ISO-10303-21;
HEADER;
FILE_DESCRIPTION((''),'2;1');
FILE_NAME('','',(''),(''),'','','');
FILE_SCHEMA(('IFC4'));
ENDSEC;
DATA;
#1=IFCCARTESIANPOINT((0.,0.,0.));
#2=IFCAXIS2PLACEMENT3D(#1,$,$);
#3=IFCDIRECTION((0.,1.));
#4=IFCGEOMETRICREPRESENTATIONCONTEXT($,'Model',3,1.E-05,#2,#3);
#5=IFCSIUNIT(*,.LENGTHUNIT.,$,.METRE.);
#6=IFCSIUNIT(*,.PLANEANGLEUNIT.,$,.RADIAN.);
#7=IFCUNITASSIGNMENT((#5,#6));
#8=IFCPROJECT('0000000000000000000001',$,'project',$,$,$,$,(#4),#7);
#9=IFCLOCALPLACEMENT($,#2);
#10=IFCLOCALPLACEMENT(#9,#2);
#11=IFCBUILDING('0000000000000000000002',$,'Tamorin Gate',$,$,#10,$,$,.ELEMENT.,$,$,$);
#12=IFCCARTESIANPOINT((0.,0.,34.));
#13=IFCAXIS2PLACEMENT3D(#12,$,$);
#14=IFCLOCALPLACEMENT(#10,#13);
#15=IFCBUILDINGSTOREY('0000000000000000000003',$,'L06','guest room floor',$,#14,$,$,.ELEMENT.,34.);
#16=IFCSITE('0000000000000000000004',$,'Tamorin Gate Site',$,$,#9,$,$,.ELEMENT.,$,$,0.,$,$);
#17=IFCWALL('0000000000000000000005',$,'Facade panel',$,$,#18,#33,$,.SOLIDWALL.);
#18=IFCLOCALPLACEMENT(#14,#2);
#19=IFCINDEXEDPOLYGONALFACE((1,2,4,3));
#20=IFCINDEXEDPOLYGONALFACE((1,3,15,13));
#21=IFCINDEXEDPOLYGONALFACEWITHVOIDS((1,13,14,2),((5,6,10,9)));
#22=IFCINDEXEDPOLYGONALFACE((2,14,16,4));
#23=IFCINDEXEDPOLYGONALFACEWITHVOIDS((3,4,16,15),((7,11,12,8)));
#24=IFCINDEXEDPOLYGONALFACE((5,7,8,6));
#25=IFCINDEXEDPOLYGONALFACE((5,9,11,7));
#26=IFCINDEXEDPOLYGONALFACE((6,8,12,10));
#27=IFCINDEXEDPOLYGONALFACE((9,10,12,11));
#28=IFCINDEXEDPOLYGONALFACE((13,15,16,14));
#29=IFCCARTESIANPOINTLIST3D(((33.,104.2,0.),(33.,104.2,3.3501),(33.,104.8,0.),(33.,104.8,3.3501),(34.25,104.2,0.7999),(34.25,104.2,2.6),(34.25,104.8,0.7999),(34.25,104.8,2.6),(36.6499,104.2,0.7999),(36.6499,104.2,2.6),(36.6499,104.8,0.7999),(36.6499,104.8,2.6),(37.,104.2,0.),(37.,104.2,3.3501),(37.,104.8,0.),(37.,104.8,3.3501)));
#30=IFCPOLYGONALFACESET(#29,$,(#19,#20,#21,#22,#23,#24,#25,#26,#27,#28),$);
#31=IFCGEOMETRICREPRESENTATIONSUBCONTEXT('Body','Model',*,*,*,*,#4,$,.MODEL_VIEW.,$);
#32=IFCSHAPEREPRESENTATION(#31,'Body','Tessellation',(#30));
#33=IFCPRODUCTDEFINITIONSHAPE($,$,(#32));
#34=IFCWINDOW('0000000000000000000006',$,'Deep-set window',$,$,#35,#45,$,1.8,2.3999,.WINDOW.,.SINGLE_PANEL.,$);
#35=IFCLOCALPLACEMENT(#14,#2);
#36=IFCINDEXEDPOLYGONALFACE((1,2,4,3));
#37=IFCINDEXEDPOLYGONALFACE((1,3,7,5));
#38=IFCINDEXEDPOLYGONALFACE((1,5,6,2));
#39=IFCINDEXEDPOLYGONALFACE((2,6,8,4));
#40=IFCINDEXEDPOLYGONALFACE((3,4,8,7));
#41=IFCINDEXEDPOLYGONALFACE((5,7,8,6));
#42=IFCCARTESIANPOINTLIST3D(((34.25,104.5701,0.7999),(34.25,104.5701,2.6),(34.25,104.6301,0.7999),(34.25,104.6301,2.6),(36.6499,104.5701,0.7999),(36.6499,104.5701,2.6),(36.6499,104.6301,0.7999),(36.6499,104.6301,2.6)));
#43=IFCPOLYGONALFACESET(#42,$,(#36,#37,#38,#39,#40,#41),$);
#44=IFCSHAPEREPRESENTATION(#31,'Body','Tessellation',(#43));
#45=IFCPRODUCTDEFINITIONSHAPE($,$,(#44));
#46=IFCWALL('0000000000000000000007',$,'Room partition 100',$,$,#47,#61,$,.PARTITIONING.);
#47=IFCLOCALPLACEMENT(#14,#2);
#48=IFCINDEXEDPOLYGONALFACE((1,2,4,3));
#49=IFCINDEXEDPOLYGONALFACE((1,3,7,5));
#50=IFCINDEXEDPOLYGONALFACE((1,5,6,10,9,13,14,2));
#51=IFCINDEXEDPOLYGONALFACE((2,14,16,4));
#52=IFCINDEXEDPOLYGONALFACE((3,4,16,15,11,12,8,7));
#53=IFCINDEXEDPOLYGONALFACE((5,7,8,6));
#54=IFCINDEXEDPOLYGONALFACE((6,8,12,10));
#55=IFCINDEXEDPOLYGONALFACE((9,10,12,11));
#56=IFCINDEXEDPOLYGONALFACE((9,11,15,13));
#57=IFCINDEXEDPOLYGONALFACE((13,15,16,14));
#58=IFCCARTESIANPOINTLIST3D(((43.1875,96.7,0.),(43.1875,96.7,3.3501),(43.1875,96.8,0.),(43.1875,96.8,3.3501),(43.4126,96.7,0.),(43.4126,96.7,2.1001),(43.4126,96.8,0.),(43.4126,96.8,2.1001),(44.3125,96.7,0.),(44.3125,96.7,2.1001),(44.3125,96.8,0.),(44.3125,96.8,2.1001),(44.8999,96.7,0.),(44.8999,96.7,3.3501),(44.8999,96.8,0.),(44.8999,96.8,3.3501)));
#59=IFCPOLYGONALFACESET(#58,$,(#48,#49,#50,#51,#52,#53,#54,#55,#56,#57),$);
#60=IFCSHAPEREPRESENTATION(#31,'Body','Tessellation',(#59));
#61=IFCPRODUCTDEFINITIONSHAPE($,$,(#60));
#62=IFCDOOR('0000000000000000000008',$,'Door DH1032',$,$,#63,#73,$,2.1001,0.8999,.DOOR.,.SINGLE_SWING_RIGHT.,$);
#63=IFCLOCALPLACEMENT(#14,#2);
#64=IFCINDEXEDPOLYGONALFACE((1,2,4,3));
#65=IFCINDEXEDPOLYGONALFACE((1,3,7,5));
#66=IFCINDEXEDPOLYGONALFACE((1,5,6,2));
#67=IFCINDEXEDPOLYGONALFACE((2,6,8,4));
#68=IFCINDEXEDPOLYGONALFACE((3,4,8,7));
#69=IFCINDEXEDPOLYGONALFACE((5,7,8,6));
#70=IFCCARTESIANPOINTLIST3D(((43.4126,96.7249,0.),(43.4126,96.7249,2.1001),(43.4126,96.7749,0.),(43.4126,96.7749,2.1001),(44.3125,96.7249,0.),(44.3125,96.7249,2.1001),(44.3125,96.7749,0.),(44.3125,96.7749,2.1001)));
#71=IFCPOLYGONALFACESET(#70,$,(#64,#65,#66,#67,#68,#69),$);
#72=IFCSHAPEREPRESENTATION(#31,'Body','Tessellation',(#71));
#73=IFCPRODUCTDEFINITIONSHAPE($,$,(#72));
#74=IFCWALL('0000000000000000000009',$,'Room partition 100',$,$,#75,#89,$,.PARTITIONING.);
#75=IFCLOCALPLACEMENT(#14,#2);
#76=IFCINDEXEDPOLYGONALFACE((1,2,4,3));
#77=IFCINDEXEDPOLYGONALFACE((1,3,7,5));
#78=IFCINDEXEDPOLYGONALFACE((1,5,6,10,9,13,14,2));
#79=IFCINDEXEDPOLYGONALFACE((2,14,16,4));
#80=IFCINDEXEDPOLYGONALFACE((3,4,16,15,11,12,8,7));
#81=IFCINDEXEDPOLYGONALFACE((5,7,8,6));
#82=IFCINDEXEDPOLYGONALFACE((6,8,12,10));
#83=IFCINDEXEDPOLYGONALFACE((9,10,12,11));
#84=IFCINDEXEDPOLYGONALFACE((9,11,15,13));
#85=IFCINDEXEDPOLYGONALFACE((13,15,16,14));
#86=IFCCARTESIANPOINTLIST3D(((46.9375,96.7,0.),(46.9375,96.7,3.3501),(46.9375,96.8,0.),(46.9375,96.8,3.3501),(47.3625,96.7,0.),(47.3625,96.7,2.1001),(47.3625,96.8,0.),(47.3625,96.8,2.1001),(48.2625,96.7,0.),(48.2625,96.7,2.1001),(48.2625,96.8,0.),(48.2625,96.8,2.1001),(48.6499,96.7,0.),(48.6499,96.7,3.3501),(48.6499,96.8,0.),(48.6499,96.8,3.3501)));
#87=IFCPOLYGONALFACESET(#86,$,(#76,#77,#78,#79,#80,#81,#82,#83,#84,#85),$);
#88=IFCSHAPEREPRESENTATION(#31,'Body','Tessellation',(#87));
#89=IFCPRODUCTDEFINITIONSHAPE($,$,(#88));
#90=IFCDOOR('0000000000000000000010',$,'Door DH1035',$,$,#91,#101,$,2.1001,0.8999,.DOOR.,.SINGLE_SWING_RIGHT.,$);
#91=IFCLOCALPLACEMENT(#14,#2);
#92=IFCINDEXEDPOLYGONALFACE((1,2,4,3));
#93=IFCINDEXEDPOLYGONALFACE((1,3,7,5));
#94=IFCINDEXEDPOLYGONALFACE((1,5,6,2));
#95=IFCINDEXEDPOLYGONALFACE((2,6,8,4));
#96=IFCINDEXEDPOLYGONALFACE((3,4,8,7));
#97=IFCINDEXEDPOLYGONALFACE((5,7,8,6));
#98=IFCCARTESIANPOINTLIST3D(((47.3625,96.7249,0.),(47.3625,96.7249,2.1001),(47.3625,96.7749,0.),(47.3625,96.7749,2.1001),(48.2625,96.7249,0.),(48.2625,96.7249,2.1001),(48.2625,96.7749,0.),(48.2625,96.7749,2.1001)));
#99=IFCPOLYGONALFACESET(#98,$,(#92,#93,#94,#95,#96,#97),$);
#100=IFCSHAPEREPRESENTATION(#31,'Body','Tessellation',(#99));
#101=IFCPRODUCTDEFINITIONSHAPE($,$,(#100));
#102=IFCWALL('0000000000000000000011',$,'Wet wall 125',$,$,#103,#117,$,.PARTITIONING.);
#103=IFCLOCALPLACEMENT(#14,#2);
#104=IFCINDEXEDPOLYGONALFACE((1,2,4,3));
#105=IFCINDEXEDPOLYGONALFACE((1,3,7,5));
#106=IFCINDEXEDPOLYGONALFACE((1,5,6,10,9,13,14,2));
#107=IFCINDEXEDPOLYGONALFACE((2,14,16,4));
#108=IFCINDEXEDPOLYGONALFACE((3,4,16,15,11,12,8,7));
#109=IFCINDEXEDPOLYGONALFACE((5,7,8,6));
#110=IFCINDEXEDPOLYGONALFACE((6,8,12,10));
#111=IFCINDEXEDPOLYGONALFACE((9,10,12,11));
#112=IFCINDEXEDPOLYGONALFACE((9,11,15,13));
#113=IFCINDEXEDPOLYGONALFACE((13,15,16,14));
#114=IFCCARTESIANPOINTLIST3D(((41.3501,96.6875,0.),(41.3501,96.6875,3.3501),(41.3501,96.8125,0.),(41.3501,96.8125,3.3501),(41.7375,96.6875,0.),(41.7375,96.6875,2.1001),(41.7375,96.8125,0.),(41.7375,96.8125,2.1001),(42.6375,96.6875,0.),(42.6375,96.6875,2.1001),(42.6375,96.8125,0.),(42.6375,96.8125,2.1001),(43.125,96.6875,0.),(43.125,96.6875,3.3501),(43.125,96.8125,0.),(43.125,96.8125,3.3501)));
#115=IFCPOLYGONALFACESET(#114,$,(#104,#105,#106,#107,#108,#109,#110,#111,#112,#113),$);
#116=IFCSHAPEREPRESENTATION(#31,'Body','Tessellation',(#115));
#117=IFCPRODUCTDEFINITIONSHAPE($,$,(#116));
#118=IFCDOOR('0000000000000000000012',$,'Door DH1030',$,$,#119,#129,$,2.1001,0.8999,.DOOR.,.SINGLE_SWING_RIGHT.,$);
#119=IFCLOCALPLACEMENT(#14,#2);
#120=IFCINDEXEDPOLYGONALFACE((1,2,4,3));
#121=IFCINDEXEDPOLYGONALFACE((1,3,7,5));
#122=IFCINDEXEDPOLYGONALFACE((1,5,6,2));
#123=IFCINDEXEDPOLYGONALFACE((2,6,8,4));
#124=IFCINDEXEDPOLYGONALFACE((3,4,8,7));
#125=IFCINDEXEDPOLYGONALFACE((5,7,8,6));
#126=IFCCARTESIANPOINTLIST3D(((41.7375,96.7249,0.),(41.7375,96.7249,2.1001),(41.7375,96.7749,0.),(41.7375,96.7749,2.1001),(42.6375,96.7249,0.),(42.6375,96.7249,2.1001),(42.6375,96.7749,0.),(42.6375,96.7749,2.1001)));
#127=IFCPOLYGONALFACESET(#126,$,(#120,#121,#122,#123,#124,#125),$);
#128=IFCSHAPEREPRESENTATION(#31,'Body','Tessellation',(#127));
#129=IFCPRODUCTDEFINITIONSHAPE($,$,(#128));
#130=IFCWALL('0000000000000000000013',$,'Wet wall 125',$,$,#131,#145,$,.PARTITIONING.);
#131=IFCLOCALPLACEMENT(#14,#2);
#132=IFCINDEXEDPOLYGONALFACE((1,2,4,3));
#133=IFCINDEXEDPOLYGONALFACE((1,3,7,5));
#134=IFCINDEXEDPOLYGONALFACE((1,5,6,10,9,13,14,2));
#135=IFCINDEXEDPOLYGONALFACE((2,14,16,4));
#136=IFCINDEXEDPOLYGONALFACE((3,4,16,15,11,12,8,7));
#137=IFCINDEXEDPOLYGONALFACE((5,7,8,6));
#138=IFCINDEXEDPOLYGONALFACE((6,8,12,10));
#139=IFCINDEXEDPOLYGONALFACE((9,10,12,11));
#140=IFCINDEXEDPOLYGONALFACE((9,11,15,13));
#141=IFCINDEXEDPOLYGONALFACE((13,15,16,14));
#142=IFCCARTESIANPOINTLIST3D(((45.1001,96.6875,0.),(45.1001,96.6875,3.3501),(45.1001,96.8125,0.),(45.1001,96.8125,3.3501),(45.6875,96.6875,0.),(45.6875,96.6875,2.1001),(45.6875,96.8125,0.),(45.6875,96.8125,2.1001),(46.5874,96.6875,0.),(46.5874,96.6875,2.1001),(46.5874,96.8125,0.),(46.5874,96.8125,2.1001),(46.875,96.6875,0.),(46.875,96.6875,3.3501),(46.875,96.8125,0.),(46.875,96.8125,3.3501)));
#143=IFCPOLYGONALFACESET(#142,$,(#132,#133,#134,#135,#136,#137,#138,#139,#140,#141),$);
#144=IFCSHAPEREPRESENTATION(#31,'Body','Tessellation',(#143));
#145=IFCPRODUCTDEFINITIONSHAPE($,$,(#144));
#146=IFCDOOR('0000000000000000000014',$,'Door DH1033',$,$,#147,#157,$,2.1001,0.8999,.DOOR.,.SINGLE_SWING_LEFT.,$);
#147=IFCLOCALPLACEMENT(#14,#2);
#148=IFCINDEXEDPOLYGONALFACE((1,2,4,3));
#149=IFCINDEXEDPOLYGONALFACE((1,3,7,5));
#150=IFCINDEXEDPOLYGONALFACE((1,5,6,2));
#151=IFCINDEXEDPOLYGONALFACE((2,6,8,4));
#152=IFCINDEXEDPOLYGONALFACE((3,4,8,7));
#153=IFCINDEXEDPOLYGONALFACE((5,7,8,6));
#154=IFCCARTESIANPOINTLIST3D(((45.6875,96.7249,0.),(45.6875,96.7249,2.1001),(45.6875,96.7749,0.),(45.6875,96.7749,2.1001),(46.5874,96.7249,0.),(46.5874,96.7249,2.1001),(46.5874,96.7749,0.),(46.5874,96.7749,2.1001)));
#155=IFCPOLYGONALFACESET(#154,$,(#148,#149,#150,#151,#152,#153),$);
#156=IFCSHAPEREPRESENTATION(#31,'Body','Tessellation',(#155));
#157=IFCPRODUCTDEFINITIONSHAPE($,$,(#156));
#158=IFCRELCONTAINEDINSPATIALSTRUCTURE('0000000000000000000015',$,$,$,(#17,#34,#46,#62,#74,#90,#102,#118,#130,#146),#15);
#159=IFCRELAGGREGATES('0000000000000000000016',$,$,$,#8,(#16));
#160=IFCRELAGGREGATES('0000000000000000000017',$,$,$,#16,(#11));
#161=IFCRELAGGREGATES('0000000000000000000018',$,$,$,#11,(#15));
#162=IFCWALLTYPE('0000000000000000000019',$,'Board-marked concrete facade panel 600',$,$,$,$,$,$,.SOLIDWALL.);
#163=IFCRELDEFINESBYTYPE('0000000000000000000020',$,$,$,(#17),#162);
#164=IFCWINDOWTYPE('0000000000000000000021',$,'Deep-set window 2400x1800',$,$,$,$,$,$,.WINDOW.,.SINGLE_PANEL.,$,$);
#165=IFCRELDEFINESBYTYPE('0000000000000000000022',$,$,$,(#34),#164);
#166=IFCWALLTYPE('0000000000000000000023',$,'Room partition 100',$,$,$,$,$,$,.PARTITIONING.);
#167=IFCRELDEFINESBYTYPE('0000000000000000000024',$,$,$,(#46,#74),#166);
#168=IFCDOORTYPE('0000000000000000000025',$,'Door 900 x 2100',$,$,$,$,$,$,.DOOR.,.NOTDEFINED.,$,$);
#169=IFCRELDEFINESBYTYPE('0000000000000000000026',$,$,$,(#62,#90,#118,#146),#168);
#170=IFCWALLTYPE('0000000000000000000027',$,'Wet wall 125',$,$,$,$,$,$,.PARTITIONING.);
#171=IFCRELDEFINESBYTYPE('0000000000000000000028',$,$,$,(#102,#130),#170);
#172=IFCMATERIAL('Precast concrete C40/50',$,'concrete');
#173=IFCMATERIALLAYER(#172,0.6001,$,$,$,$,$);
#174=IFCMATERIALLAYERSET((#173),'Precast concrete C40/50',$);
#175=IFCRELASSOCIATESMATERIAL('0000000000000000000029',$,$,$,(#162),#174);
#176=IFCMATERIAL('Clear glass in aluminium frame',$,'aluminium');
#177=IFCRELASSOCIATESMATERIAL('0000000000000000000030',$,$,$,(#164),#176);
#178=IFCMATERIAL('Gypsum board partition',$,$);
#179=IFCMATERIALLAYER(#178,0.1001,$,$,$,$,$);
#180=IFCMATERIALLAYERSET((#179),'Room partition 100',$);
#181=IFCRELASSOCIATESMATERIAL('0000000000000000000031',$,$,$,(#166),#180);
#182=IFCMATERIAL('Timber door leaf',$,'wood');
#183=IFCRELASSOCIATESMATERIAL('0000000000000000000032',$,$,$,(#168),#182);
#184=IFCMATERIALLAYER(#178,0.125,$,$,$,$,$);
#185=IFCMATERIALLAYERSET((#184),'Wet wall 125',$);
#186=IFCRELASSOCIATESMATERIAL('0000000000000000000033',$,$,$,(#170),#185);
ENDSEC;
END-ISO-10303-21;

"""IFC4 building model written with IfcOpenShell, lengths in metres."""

from ifc_helpers import new_model, si_unit, direction, frame, frame_2d, origin, place, context, subcontext, project, spatial, rectangle, extrude, material, layer, layer_set, type_object, element, fill, save


model = new_model("IFC4")

# Units and contexts
model_context = context("Model", 3, precision=1e-05, world=origin(), true_north=direction((0.0, 1.0)))
body_context = subcontext(model_context, "Body", "Model", "MODEL_VIEW")
ifc_project = project(units=[si_unit("LENGTHUNIT", "METRE"), si_unit("PLANEANGLEUNIT", "RADIAN")], contexts=[model_context])

# Site, building, storey
site_placement = place(None, origin())
site = spatial("IfcSite", under=ifc_project, at=site_placement, Name="Tamorin Gate Site", CompositionType="ELEMENT", RefElevation=0.0)
building_placement = place(site_placement, origin())
building = spatial("IfcBuilding", under=site, at=building_placement, Name="Tamorin Gate", CompositionType="ELEMENT")
storey_placement = place(building_placement, frame((0.0, 0.0, 34.0)))
storey = spatial("IfcBuildingStorey", under=building, at=storey_placement, Name="L06", Description="guest room floor", CompositionType="ELEMENT", Elevation=34.0)

# Shared definitions
ifc_material_1 = material(Name="Precast concrete C40/50", Category="concrete")
ifc_layer_1 = layer(ifc_material_1, 0.6001)
ifc_layer_set_1 = layer_set([ifc_layer_1], Name="Precast concrete C40/50")
wall_type_1 = type_object("IfcWallType", Name="Board-marked concrete facade panel 600", PredefinedType="SOLIDWALL", material=ifc_layer_set_1)
ifc_material_2 = material(Name="Clear glass in aluminium frame", Category="aluminium")
window_type = type_object("IfcWindowType", Name="Deep-set window 2400x1800", PartitioningType="SINGLE_PANEL", PredefinedType="WINDOW", material=ifc_material_2)

# Wall, opening, window
wall_1_placement = place(storey_placement, frame((37.0, 104.5, 0.0), z_axis=(0.0, 0.0, 1.0), x_axis=(-1.0, 0.0, 0.0)))
wall_1 = element("IfcWall", 1, at=wall_1_placement, inside=storey, type_object=wall_type_1, Name="Facade panel", PredefinedType="SOLIDWALL", context=body_context, shape_type="SweptSolid", body=[
    extrude(rectangle(XDim=4.0, YDim=0.6001, at=frame_2d((2.0, 0.0))), origin(), (0.0, 0.0, 1.0), 3.3501),
])
opening_1_placement = place(wall_1_placement, frame((0.3501, 0.0, 0.8)))
opening_1 = element("IfcOpeningElement", 2, at=opening_1_placement, cuts=wall_1, PredefinedType="OPENING", context=body_context, shape_type="SweptSolid", body=[
    extrude(rectangle(XDim=2.3999, YDim=1.8, at=frame_2d((1.2, 0.8999))), frame((0.0, 0.3101, 0.0), z_axis=(0.0, -1.0, 0.0), x_axis=(1.0, 0.0, 0.0)), (0.0, 0.0, 1.0), 0.6201),
])
window_1_placement = place(opening_1_placement, origin())
window_1 = element("IfcWindow", 3, at=window_1_placement, inside=storey, type_object=window_type, Name="Deep-set window", OverallHeight=1.8, OverallWidth=2.3999, PartitioningType="SINGLE_PANEL", PredefinedType="WINDOW", context=body_context, shape_type="SweptSolid", body=[
    extrude(rectangle(XDim=2.3999, YDim=1.8, at=frame_2d((1.2, 0.8999))), frame((0.0, -0.0701, 0.0), z_axis=(0.0, -1.0, 0.0), x_axis=(1.0, 0.0, 0.0)), (0.0, 0.0, 1.0), 0.0601),
])
fill(opening_1, window_1)

# Walls, openings, doors
ifc_material_3 = material(Name="Gypsum board partition")
ifc_layer_2 = layer(ifc_material_3, 0.1001)
ifc_layer_set_2 = layer_set([ifc_layer_2], Name="Room partition 100")
wall_type_2 = type_object("IfcWallType", Name="Room partition 100", PredefinedType="PARTITIONING", material=ifc_layer_set_2)
wall_2_placement = place(storey_placement, frame((43.1875, 96.75, 0.0), z_axis=(0.0, 0.0, 1.0), x_axis=(1.0, 0.0, 0.0)))
wall_2 = element("IfcWall", 4, at=wall_2_placement, inside=storey, type_object=wall_type_2, Name="Room partition 100", PredefinedType="PARTITIONING", context=body_context, shape_type="SweptSolid", body=[
    extrude(rectangle(XDim=1.7124, YDim=0.1001, at=frame_2d((0.8562, 0.0))), origin(), (0.0, 0.0, 1.0), 3.3501),
])
opening_2_placement = place(wall_2_placement, frame((0.2251, 0.0, 0.0)))
opening_2 = element("IfcOpeningElement", 5, at=opening_2_placement, cuts=wall_2, PredefinedType="OPENING", context=body_context, shape_type="SweptSolid", body=[
    extrude(rectangle(XDim=0.8999, YDim=2.1001, at=frame_2d((0.45, 1.05))), frame((0.0, 0.0601, 0.0), z_axis=(0.0, -1.0, 0.0), x_axis=(1.0, 0.0, 0.0)), (0.0, 0.0, 1.0), 0.1201),
])
ifc_material_4 = material(Name="Timber door leaf", Category="wood")
door_type = type_object("IfcDoorType", Name="Door 900 x 2100", OperationType="NOTDEFINED", PredefinedType="DOOR", material=ifc_material_4)
door_1_placement = place(opening_2_placement, origin())
door_1 = element("IfcDoor", 6, at=door_1_placement, inside=storey, type_object=door_type, Name="Door DH1032", OperationType="SINGLE_SWING_RIGHT", OverallHeight=2.1001, OverallWidth=0.8999, PredefinedType="DOOR", context=body_context, shape_type="SweptSolid", body=[
    extrude(rectangle(XDim=0.8999, YDim=2.1001, at=frame_2d((0.45, 1.05))), frame((0.0, 0.0249, 0.0), z_axis=(0.0, -1.0, 0.0), x_axis=(1.0, 0.0, 0.0)), (0.0, 0.0, 1.0), 0.05),
])
fill(opening_2, door_1)
wall_3_placement = place(storey_placement, frame((46.9375, 96.75, 0.0), z_axis=(0.0, 0.0, 1.0), x_axis=(1.0, 0.0, 0.0)))
wall_3 = element("IfcWall", 7, at=wall_3_placement, inside=storey, type_object=wall_type_2, Name="Room partition 100", PredefinedType="PARTITIONING", context=body_context, shape_type="SweptSolid", body=[
    extrude(rectangle(XDim=1.7124, YDim=0.1001, at=frame_2d((0.8562, 0.0))), origin(), (0.0, 0.0, 1.0), 3.3501),
])
opening_3_placement = place(wall_3_placement, frame((0.425, 0.0, 0.0)))
opening_3 = element("IfcOpeningElement", 8, at=opening_3_placement, cuts=wall_3, PredefinedType="OPENING", context=body_context, shape_type="SweptSolid", body=[
    extrude(rectangle(XDim=0.8999, YDim=2.1001, at=frame_2d((0.45, 1.05))), frame((0.0, 0.0601, 0.0), z_axis=(0.0, -1.0, 0.0), x_axis=(1.0, 0.0, 0.0)), (0.0, 0.0, 1.0), 0.1201),
])
door_2_placement = place(opening_3_placement, origin())
door_2 = element("IfcDoor", 9, at=door_2_placement, inside=storey, type_object=door_type, Name="Door DH1035", OperationType="SINGLE_SWING_RIGHT", OverallHeight=2.1001, OverallWidth=0.8999, PredefinedType="DOOR", context=body_context, shape_type="SweptSolid", body=[
    extrude(rectangle(XDim=0.8999, YDim=2.1001, at=frame_2d((0.45, 1.05))), frame((0.0, 0.0249, 0.0), z_axis=(0.0, -1.0, 0.0), x_axis=(1.0, 0.0, 0.0)), (0.0, 0.0, 1.0), 0.05),
])
fill(opening_3, door_2)
ifc_layer_3 = layer(ifc_material_3, 0.125)
ifc_layer_set_3 = layer_set([ifc_layer_3], Name="Wet wall 125")
wall_type_3 = type_object("IfcWallType", Name="Wet wall 125", PredefinedType="PARTITIONING", material=ifc_layer_set_3)
wall_4_placement = place(storey_placement, frame((41.3501, 96.75, 0.0), z_axis=(0.0, 0.0, 1.0), x_axis=(1.0, 0.0, 0.0)))
wall_4 = element("IfcWall", 10, at=wall_4_placement, inside=storey, type_object=wall_type_3, Name="Wet wall 125", PredefinedType="PARTITIONING", context=body_context, shape_type="SweptSolid", body=[
    extrude(rectangle(XDim=1.7749, YDim=0.125, at=frame_2d((0.8875, 0.0))), origin(), (0.0, 0.0, 1.0), 3.3501),
])
opening_4_placement = place(wall_4_placement, frame((0.3875, 0.0, 0.0)))
opening_4 = element("IfcOpeningElement", 11, at=opening_4_placement, cuts=wall_4, PredefinedType="OPENING", context=body_context, shape_type="SweptSolid", body=[
    extrude(rectangle(XDim=0.8999, YDim=2.1001, at=frame_2d((0.45, 1.05))), frame((0.0, 0.0725, 0.0), z_axis=(0.0, -1.0, 0.0), x_axis=(1.0, 0.0, 0.0)), (0.0, 0.0, 1.0), 0.145),
])
door_3_placement = place(opening_4_placement, origin())
door_3 = element("IfcDoor", 12, at=door_3_placement, inside=storey, type_object=door_type, Name="Door DH1030", OperationType="SINGLE_SWING_RIGHT", OverallHeight=2.1001, OverallWidth=0.8999, PredefinedType="DOOR", context=body_context, shape_type="SweptSolid", body=[
    extrude(rectangle(XDim=0.8999, YDim=2.1001, at=frame_2d((0.45, 1.05))), frame((0.0, 0.0249, 0.0), z_axis=(0.0, -1.0, 0.0), x_axis=(1.0, 0.0, 0.0)), (0.0, 0.0, 1.0), 0.05),
])
fill(opening_4, door_3)
wall_5_placement = place(storey_placement, frame((45.1001, 96.75, 0.0), z_axis=(0.0, 0.0, 1.0), x_axis=(1.0, 0.0, 0.0)))
wall_5 = element("IfcWall", 13, at=wall_5_placement, inside=storey, type_object=wall_type_3, Name="Wet wall 125", PredefinedType="PARTITIONING", context=body_context, shape_type="SweptSolid", body=[
    extrude(rectangle(XDim=1.7749, YDim=0.125, at=frame_2d((0.8875, 0.0))), origin(), (0.0, 0.0, 1.0), 3.3501),
])
opening_5_placement = place(wall_5_placement, frame((0.5874, 0.0, 0.0)))
opening_5 = element("IfcOpeningElement", 14, at=opening_5_placement, cuts=wall_5, PredefinedType="OPENING", context=body_context, shape_type="SweptSolid", body=[
    extrude(rectangle(XDim=0.8999, YDim=2.1001, at=frame_2d((0.45, 1.05))), frame((0.0, 0.0725, 0.0), z_axis=(0.0, -1.0, 0.0), x_axis=(1.0, 0.0, 0.0)), (0.0, 0.0, 1.0), 0.145),
])
door_4_placement = place(opening_5_placement, origin())
door_4 = element("IfcDoor", 15, at=door_4_placement, inside=storey, type_object=door_type, Name="Door DH1033", OperationType="SINGLE_SWING_LEFT", OverallHeight=2.1001, OverallWidth=0.8999, PredefinedType="DOOR", context=body_context, shape_type="SweptSolid", body=[
    extrude(rectangle(XDim=0.8999, YDim=2.1001, at=frame_2d((0.45, 1.05))), frame((0.0, 0.0249, 0.0), z_axis=(0.0, -1.0, 0.0), x_axis=(1.0, 0.0, 0.0)), (0.0, 0.0, 1.0), 0.05),
])
fill(opening_5, door_4)

save(model, "model.ifc")
